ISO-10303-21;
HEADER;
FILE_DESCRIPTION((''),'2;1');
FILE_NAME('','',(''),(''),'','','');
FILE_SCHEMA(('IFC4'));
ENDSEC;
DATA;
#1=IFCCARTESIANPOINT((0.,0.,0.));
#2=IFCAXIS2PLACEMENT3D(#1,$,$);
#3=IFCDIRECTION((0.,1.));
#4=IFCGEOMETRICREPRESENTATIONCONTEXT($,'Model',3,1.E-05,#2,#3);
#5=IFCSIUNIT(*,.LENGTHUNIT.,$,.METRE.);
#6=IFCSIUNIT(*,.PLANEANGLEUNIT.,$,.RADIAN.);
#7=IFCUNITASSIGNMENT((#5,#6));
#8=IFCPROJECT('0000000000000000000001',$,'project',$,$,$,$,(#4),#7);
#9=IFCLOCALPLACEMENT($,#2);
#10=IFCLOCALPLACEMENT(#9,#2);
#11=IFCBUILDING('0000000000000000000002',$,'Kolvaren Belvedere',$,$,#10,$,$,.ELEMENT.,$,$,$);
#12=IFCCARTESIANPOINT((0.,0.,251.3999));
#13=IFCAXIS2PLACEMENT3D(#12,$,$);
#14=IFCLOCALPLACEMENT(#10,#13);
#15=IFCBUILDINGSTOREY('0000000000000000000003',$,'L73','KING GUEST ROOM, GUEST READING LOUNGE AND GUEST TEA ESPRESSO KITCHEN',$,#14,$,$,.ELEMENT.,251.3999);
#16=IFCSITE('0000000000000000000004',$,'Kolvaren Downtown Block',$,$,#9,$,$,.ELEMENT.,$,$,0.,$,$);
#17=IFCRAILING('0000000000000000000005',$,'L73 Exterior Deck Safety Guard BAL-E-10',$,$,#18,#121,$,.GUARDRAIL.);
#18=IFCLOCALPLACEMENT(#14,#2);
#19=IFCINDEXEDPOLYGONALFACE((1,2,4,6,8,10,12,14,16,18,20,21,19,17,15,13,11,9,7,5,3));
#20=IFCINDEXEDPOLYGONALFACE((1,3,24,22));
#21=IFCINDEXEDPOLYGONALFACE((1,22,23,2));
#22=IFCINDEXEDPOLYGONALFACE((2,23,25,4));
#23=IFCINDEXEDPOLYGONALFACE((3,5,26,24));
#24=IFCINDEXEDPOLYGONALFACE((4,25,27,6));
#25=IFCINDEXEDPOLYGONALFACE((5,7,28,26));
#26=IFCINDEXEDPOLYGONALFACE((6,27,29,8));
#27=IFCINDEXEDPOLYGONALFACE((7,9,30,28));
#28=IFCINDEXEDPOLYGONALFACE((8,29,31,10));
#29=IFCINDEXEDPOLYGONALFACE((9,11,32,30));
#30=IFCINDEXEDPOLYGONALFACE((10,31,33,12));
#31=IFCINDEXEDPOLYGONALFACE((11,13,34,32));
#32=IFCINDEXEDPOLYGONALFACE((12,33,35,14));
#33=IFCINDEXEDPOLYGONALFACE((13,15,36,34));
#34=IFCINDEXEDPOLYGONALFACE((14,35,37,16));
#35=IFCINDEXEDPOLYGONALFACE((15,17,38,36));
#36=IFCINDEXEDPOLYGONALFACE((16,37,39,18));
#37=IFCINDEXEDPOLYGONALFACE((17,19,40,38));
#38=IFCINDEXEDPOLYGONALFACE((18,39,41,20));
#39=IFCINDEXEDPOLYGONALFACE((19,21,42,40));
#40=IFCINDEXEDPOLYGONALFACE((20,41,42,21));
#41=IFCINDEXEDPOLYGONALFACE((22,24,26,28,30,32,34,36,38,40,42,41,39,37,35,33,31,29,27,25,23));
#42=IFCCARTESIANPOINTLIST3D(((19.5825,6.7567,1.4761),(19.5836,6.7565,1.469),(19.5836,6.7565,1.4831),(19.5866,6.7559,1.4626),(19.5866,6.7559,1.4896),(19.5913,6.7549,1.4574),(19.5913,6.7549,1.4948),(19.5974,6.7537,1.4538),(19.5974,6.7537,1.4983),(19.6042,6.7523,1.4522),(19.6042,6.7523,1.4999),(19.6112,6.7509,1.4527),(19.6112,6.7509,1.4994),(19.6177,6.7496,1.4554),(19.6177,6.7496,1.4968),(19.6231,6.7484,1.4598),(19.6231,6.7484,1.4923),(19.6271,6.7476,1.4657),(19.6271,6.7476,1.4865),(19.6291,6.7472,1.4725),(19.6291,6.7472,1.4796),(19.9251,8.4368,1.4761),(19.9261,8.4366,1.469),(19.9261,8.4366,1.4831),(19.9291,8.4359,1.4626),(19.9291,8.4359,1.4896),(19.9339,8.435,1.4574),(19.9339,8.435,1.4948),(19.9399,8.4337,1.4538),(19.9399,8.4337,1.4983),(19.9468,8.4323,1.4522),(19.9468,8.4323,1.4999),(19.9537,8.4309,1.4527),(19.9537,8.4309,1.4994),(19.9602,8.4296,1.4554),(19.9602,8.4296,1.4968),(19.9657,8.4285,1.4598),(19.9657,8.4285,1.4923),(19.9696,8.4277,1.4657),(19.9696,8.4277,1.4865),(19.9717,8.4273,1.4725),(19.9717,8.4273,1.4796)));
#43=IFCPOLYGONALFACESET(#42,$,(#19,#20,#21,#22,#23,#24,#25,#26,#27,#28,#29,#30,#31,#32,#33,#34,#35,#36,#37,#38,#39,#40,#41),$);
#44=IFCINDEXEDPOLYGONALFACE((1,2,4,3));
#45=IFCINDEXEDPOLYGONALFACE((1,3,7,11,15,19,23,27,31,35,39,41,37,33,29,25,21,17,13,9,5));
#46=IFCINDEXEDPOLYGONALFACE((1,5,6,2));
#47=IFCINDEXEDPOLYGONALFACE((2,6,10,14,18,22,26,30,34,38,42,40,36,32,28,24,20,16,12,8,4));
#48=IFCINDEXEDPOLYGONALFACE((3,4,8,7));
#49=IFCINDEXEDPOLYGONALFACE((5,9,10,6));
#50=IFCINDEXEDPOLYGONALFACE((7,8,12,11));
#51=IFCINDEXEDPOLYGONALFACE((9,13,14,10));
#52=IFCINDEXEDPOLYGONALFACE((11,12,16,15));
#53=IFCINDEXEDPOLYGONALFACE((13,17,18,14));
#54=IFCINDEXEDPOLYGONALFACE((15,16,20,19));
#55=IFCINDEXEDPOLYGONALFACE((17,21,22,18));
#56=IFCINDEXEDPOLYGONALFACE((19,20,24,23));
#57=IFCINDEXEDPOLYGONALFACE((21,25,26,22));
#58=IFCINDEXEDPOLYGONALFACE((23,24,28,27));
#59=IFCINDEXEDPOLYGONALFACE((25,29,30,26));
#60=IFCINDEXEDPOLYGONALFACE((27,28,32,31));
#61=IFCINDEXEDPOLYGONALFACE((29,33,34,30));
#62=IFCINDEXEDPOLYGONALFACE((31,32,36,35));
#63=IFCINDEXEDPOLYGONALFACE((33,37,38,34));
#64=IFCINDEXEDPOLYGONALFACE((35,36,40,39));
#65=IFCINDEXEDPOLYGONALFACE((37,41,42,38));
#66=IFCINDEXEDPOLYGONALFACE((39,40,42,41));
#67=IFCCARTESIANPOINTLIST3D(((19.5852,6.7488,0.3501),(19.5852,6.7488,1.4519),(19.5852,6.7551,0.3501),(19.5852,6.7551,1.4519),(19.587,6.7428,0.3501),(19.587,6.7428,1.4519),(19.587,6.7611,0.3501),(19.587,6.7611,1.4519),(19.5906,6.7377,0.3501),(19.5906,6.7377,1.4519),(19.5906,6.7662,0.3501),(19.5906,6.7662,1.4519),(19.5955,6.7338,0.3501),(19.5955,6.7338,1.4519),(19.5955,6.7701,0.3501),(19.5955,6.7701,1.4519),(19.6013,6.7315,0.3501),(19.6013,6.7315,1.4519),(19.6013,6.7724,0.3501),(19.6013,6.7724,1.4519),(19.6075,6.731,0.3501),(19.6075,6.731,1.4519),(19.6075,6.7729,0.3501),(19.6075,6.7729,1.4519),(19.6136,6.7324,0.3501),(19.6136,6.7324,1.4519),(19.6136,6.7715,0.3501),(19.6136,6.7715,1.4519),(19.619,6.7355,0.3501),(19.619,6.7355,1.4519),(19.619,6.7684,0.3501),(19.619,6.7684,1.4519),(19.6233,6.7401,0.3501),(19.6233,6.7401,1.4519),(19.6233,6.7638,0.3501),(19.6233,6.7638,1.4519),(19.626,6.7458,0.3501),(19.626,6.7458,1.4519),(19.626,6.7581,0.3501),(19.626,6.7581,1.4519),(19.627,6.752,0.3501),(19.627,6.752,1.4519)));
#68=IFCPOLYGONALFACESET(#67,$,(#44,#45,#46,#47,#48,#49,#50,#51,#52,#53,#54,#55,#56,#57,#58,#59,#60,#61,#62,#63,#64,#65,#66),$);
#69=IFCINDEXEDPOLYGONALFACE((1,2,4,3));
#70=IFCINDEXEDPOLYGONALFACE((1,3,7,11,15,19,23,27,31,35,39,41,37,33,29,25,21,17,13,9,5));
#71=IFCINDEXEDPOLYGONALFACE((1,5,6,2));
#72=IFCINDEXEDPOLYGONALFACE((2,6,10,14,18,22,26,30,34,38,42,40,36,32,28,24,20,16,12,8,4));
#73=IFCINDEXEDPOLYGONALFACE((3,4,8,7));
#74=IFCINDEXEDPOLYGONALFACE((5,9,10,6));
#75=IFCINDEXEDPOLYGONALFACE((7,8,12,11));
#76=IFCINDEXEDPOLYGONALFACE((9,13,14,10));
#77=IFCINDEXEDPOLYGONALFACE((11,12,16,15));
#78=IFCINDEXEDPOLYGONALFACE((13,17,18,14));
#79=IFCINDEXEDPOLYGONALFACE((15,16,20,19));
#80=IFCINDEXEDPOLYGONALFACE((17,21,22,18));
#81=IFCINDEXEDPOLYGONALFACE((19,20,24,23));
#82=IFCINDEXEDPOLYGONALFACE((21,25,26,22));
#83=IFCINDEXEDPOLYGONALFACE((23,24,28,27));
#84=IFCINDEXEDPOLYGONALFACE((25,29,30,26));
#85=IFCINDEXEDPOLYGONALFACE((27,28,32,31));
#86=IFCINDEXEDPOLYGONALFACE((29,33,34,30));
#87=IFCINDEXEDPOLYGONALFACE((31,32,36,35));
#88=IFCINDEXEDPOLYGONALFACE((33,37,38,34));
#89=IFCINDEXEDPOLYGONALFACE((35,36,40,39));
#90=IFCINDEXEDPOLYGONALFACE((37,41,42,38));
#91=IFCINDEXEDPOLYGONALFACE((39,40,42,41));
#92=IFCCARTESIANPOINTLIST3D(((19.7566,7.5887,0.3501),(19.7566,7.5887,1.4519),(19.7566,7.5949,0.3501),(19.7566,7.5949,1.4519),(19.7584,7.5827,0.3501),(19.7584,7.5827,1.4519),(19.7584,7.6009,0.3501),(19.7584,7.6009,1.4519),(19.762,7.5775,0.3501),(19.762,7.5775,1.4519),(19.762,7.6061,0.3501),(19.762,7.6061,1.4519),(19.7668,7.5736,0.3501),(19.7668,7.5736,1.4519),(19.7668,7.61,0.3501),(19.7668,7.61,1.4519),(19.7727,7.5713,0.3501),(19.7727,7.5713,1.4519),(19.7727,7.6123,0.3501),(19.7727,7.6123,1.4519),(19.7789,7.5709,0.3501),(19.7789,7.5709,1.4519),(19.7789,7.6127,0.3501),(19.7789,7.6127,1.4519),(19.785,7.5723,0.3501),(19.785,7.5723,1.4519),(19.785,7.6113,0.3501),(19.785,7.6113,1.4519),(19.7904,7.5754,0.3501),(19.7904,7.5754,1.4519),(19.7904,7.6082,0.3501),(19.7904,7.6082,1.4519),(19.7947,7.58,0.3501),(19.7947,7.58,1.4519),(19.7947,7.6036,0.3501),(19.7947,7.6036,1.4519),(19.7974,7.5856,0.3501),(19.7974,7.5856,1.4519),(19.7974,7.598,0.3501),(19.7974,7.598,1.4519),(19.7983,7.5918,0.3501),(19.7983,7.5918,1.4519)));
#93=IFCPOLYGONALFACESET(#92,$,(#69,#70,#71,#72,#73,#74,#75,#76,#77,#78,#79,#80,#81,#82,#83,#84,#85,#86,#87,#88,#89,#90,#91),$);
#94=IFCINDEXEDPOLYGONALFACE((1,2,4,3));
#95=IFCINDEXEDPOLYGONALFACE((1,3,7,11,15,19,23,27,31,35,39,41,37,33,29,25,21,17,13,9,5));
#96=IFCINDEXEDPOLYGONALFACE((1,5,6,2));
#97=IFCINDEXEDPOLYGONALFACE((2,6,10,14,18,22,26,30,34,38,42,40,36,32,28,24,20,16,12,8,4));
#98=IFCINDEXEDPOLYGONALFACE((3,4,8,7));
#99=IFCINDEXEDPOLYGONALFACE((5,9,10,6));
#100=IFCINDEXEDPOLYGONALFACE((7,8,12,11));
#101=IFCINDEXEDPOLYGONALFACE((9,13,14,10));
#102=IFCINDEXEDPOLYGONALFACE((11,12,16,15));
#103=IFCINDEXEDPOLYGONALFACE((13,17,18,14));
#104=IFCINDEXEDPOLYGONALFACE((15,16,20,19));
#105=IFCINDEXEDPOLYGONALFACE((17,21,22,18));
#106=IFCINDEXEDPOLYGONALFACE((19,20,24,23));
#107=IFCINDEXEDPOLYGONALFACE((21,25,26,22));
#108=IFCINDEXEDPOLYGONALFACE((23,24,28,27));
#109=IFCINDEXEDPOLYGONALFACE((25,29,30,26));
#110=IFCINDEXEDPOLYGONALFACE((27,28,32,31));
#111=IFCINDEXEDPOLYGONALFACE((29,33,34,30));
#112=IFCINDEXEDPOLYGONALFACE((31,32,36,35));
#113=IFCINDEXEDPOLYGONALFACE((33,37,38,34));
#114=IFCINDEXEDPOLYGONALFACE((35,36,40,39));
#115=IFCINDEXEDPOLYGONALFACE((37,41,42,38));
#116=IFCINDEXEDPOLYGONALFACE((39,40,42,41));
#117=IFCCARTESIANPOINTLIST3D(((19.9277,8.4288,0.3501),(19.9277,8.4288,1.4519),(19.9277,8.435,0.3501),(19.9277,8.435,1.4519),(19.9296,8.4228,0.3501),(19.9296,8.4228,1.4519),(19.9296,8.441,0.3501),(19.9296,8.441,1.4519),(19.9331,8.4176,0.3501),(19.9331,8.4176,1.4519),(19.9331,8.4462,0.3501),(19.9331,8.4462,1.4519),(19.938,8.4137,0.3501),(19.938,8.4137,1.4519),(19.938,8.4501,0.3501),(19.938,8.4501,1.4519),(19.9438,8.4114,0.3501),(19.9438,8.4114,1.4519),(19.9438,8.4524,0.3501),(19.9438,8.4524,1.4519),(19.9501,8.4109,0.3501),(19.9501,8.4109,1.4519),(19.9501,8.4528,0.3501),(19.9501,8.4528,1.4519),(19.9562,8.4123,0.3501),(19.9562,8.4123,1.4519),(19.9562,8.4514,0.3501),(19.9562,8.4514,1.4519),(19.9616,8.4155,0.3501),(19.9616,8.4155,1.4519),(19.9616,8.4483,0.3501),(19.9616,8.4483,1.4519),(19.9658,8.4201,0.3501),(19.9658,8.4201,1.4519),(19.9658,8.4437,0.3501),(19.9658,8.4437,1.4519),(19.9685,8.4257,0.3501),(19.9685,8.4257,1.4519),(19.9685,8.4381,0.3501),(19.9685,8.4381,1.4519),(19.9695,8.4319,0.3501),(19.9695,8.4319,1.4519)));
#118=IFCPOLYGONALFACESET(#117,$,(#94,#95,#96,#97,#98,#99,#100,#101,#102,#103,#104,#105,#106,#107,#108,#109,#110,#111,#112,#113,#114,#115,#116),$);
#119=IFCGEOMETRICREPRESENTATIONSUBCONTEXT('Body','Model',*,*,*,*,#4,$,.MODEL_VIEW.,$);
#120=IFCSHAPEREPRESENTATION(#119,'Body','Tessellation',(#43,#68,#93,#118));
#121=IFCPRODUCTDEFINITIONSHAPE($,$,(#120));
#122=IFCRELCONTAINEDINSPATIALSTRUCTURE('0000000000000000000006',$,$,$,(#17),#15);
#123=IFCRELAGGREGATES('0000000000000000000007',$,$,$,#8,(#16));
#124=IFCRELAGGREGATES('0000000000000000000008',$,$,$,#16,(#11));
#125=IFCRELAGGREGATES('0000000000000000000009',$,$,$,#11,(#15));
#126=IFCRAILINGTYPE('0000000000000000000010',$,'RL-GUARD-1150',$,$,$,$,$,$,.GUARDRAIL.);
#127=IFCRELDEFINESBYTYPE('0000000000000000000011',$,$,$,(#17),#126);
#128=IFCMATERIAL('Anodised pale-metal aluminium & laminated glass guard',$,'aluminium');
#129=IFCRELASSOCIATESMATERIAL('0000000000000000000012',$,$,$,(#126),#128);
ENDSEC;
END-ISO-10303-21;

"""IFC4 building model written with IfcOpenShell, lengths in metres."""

from ifc_helpers import new_model, si_unit, direction, frame, origin, origin_2d, place, context, subcontext, project, spatial, circle, extrude, material, type_object, element, save


model = new_model("IFC4")

# Units and contexts
model_context = context("Model", 3, precision=1e-05, world=origin(), true_north=direction((0.0, 1.0)))
body_context = subcontext(model_context, "Body", "Model", "MODEL_VIEW")
ifc_project = project(units=[si_unit("LENGTHUNIT", "METRE"), si_unit("PLANEANGLEUNIT", "RADIAN")], contexts=[model_context])

# Site, building, storey
site_placement = place(None, origin())
site = spatial("IfcSite", under=ifc_project, at=site_placement, Name="Kolvaren Downtown Block", CompositionType="ELEMENT", RefElevation=0.0)
building_placement = place(site_placement, origin())
building = spatial("IfcBuilding", under=site, at=building_placement, Name="Kolvaren Belvedere", CompositionType="ELEMENT")
storey_placement = place(building_placement, frame((0.0, 0.0, 251.3999)))
storey = spatial("IfcBuildingStorey", under=building, at=storey_placement, Name="L73", Description="KING GUEST ROOM, GUEST READING LOUNGE AND GUEST TEA ESPRESSO KITCHEN", CompositionType="ELEMENT", Elevation=251.3999)

# Railing
ifc_material_1 = material(Name="Anodised pale-metal aluminium & laminated glass guard", Category="aluminium")
railing_type = type_object("IfcRailingType", Name="RL-GUARD-1150", PredefinedType="GUARDRAIL", material=ifc_material_1)
railing_1_placement = place(storey_placement, frame((19.606, 6.752, 0.3501)))
element("IfcRailing", 1, at=railing_1_placement, inside=storey, type_object=railing_type, Name="L73 Exterior Deck Safety Guard BAL-E-10", PredefinedType="GUARDRAIL", context=body_context, shape_type="SweptSolid", body=[
    extrude(circle(Radius=0.0239, at=origin_2d()), frame((0.0, 0.0, 1.126), z_axis=(0.199784, 0.97984, 0.0), x_axis=(-0.97984, 0.199784, 0.0)), (0.0, 0.0, 1.0), 1.7146),
    extrude(circle(Radius=0.021, at=origin_2d()), origin(), (0.0, 0.0, 1.0), 1.1018),
    extrude(circle(Radius=0.021, at=origin_2d()), frame((0.1714, 0.8398, 0.0)), (0.0, 0.0, 1.0), 1.1018),
    extrude(circle(Radius=0.021, at=origin_2d()), frame((0.3425, 1.6799, 0.0)), (0.0, 0.0, 1.0), 1.1018),
])

save(model, "model.ifc")
